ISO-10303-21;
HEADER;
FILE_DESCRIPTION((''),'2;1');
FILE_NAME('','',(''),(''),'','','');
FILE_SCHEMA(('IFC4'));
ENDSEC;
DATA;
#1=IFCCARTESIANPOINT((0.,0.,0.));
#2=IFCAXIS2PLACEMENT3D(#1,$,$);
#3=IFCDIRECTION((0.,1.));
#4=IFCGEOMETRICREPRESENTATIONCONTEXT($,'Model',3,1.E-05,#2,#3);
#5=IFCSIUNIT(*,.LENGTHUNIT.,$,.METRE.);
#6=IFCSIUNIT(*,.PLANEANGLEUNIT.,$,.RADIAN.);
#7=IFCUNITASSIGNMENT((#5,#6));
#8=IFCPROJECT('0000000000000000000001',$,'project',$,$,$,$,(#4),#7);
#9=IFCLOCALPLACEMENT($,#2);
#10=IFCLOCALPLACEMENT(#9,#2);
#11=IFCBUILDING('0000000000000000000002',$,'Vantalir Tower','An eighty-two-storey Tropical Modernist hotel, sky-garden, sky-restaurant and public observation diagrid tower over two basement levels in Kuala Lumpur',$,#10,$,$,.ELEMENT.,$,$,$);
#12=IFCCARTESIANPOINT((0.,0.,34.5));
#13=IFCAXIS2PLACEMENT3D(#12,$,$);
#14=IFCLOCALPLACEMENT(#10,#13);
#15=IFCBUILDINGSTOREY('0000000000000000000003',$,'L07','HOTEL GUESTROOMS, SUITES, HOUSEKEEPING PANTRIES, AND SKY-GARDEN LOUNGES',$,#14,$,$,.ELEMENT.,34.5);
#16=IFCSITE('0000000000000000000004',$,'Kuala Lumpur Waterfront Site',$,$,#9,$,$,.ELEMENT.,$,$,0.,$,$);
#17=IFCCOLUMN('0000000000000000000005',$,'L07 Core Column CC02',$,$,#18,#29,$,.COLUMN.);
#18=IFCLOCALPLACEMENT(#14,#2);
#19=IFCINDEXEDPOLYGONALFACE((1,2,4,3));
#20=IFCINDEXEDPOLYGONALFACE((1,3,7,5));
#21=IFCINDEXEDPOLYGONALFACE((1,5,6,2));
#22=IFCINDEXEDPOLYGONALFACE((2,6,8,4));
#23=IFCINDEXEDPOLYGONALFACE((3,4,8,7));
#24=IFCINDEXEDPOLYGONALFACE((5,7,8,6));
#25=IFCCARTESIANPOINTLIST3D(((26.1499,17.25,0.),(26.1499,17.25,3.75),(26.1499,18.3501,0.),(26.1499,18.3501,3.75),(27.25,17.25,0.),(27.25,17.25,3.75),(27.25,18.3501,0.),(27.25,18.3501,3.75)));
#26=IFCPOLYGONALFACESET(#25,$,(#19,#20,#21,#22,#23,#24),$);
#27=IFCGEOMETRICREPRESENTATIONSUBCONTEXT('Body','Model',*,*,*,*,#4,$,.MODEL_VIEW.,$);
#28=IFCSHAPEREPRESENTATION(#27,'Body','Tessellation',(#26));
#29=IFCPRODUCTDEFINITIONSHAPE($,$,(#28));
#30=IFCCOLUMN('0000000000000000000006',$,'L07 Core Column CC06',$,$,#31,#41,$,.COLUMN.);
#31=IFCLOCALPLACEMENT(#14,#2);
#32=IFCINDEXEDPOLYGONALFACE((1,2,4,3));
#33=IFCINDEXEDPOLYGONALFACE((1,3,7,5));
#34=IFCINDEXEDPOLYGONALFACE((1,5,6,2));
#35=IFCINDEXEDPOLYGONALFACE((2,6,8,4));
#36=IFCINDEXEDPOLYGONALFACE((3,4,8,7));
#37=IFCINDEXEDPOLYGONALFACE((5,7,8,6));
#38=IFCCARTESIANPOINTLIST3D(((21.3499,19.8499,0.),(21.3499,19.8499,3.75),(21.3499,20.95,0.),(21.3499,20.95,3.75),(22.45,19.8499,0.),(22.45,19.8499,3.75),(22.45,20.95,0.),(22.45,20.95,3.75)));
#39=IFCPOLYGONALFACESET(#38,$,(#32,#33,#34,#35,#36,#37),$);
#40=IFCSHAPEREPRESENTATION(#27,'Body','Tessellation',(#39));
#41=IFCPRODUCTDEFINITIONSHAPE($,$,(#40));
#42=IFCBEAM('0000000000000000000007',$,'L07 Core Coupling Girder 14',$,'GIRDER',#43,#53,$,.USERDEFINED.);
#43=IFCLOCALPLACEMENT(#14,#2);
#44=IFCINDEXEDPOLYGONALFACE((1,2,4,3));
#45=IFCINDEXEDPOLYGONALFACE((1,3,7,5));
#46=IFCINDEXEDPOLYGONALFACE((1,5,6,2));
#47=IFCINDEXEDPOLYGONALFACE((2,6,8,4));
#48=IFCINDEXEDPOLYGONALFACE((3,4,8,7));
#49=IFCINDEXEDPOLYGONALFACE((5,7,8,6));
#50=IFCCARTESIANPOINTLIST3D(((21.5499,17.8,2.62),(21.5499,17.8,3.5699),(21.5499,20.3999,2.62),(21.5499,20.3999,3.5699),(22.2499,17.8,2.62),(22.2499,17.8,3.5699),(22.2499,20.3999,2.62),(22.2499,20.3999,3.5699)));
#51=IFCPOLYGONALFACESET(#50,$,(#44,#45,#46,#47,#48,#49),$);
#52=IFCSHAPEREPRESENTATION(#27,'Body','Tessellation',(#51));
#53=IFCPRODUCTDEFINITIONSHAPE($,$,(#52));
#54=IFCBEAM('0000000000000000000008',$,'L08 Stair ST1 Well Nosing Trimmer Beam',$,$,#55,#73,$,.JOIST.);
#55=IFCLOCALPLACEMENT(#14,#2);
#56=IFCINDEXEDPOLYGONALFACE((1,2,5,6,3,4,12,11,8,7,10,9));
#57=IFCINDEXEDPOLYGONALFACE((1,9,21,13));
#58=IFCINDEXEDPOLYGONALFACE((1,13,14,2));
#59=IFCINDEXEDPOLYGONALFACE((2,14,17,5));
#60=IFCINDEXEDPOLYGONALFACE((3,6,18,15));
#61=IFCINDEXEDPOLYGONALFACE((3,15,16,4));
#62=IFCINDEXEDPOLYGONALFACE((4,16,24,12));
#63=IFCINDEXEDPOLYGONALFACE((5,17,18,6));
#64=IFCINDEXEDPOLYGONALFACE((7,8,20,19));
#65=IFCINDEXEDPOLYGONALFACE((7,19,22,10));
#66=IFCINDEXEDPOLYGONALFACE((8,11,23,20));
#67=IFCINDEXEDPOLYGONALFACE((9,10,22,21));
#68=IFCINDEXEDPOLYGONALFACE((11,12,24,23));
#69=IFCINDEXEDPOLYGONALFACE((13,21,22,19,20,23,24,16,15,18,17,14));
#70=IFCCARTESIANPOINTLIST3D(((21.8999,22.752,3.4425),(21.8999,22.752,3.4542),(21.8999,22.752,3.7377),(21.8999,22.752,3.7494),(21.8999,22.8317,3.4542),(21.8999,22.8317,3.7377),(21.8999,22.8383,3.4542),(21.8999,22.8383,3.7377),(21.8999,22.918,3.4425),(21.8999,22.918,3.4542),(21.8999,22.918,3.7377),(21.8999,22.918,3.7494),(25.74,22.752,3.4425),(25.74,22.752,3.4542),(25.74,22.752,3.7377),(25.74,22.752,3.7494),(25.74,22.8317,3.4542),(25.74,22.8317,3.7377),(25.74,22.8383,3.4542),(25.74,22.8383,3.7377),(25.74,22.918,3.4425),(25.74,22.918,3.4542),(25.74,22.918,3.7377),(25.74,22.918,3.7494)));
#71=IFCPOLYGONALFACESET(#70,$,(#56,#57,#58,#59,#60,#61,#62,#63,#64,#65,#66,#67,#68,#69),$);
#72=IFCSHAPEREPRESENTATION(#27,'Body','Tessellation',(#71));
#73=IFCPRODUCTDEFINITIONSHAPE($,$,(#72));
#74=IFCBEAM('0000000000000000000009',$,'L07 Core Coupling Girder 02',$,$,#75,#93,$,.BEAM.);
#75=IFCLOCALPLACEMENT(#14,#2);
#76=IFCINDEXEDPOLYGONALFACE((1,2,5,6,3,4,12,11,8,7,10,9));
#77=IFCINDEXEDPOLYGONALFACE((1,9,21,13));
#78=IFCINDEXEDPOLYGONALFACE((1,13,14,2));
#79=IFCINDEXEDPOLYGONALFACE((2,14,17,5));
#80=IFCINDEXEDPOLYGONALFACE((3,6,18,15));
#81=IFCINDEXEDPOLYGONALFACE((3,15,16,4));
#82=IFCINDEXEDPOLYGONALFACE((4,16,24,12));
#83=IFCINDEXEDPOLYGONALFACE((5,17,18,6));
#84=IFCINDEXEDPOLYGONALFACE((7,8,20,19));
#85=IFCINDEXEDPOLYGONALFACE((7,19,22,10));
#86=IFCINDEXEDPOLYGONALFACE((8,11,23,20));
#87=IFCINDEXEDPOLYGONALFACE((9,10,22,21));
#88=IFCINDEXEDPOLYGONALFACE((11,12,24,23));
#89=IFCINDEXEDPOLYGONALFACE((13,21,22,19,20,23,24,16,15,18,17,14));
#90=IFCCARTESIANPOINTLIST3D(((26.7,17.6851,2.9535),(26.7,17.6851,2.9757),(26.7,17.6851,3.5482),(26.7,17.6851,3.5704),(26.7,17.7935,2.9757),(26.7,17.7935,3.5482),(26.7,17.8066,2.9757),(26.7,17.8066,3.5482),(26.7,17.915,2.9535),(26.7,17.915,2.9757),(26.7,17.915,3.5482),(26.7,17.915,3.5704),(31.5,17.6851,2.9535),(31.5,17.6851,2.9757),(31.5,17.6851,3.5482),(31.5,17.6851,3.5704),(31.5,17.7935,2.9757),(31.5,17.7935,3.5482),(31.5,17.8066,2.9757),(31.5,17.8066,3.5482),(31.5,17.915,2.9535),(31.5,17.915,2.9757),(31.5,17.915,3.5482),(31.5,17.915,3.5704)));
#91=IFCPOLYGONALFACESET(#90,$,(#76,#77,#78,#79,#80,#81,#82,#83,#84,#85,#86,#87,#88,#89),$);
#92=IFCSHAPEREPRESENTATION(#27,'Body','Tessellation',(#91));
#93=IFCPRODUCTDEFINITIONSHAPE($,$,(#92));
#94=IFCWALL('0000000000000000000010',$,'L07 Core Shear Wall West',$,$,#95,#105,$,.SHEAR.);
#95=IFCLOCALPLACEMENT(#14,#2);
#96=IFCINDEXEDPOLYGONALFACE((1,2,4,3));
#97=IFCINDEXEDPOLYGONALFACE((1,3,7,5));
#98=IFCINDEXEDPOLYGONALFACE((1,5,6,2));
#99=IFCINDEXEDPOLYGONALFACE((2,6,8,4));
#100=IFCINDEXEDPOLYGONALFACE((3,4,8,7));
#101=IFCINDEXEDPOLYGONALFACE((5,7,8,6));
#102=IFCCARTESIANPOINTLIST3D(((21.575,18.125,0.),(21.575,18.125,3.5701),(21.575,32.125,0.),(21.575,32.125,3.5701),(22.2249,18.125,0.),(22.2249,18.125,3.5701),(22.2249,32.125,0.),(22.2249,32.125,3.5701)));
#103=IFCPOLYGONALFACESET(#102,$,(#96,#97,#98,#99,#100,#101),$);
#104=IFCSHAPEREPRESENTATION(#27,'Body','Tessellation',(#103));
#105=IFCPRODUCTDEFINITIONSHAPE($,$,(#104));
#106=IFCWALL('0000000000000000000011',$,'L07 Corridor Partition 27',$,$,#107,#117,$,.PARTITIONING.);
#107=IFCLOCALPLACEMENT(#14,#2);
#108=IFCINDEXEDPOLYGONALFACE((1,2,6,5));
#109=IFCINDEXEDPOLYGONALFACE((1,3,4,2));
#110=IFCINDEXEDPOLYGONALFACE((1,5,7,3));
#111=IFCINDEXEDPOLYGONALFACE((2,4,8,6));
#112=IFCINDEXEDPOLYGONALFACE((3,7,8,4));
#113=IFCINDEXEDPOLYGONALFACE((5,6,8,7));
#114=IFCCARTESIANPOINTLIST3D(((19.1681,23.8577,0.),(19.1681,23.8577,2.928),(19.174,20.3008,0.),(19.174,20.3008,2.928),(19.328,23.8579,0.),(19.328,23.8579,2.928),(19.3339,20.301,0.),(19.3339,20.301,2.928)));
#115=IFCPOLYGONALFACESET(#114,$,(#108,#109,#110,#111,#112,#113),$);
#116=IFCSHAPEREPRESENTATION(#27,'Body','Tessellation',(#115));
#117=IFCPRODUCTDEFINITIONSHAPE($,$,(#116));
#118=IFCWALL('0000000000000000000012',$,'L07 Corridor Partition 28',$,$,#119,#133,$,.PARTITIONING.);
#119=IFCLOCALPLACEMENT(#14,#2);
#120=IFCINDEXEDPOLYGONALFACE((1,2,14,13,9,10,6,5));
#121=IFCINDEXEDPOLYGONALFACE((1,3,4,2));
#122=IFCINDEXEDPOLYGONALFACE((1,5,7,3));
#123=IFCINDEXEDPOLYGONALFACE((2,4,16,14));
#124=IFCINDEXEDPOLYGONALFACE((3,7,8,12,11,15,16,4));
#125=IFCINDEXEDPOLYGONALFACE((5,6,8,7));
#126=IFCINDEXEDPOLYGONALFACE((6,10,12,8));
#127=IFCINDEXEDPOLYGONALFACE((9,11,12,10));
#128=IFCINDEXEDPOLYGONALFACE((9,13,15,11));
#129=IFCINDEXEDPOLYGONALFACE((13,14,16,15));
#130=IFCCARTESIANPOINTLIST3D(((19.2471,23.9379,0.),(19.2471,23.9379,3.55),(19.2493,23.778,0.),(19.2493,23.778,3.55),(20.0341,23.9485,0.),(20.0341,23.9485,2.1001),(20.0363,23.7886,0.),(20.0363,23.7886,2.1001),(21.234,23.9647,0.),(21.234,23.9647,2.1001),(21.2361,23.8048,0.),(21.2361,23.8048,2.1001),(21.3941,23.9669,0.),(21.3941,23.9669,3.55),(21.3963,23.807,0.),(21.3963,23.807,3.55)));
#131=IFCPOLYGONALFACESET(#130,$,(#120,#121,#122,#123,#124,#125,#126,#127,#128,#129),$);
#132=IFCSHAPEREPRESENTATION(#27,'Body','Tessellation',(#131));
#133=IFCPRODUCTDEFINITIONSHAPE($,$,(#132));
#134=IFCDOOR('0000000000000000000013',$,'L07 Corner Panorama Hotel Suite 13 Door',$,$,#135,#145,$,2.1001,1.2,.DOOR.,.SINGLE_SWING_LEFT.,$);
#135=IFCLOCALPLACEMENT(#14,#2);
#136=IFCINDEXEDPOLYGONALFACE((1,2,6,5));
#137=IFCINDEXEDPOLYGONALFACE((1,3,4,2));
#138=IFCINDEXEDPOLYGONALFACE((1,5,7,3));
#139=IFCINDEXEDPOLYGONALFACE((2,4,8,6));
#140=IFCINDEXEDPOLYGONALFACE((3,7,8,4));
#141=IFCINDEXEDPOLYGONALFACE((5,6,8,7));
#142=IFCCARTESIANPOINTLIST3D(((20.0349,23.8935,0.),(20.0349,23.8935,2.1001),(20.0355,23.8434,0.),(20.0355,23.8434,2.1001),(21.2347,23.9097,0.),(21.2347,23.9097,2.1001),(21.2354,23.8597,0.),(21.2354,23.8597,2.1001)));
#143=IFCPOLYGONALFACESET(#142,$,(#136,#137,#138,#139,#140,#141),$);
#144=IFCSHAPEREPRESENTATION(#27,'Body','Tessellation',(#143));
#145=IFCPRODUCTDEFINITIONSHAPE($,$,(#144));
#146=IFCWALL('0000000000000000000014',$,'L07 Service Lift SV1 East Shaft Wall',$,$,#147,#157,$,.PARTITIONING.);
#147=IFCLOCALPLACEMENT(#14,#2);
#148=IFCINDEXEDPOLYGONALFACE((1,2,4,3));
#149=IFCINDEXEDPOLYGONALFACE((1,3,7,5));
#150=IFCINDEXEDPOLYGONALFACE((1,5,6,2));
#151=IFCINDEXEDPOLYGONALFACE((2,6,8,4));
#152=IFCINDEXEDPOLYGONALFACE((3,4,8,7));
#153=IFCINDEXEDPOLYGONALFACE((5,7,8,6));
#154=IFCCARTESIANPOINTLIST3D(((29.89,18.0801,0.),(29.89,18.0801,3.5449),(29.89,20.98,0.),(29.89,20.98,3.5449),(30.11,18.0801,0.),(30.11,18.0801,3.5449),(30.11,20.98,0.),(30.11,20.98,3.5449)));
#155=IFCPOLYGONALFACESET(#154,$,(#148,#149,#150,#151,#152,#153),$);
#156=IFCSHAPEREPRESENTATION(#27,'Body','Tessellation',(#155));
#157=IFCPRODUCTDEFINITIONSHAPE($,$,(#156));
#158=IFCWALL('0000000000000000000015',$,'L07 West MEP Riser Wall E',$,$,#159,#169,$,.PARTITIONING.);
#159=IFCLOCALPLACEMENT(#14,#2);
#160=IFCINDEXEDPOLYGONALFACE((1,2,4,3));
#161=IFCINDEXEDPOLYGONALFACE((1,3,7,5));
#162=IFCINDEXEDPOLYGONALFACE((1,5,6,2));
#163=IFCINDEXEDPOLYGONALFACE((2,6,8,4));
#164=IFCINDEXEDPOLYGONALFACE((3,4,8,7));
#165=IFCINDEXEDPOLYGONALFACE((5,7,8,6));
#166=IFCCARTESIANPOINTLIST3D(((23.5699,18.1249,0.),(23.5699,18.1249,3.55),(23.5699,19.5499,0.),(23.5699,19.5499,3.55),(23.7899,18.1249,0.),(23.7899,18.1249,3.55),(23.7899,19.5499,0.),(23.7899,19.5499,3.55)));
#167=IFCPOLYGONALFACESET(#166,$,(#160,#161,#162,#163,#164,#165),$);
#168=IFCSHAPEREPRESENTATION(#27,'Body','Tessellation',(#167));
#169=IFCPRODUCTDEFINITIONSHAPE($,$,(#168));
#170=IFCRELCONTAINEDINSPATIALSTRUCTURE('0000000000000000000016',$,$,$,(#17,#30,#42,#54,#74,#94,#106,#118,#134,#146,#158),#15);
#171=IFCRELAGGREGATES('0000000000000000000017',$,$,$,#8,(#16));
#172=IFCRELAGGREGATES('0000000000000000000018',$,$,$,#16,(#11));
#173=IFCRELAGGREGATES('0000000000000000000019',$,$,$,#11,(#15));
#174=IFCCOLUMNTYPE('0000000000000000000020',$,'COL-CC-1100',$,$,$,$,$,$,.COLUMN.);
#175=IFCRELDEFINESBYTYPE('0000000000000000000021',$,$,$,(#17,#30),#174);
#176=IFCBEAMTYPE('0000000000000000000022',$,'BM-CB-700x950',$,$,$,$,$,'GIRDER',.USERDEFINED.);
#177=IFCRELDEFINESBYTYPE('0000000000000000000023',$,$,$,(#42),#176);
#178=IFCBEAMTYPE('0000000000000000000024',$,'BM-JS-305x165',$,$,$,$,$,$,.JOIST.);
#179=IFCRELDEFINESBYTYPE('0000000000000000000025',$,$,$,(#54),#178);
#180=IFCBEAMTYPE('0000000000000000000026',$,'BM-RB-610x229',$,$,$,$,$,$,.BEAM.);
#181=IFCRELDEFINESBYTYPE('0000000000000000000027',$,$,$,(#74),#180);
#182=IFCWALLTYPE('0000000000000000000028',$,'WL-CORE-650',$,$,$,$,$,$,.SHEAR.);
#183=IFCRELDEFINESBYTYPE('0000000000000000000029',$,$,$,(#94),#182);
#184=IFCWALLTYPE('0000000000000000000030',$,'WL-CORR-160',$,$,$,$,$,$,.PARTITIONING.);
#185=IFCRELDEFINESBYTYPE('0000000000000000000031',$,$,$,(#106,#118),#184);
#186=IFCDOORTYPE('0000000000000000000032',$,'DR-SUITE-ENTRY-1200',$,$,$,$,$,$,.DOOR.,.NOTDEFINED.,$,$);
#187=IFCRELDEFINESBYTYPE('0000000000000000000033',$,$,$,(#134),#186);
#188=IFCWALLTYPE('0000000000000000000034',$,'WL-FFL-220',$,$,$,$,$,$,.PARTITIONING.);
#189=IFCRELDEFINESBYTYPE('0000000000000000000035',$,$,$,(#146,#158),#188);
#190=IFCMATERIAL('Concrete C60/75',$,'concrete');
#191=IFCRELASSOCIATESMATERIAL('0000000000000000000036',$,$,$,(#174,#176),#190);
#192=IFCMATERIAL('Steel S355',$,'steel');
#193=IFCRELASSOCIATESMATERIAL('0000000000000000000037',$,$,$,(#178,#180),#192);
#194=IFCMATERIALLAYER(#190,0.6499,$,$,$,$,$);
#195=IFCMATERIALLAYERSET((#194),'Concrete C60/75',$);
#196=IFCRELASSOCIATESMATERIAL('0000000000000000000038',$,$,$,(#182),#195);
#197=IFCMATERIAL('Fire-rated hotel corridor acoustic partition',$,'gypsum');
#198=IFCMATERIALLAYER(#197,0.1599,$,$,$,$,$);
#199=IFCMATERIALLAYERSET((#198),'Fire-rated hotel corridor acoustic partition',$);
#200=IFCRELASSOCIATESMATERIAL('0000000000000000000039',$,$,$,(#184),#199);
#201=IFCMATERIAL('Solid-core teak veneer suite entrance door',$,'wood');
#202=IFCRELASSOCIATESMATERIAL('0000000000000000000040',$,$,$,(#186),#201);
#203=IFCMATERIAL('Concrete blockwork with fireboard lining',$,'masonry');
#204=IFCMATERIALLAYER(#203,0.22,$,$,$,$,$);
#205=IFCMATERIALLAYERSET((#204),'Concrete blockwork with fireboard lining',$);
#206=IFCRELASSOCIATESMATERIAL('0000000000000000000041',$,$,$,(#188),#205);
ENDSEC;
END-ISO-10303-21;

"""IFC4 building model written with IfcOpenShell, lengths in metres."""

from ifc_helpers import new_model, si_unit, direction, frame, frame_2d, origin, origin_2d, place, context, subcontext, project, spatial, rectangle, i_section, extrude, material, layer, layer_set, material_profile, profile_set, type_object, element, fill, save


model = new_model("IFC4")

# Units and contexts
model_context = context("Model", 3, precision=1e-05, world=origin(), true_north=direction((0.0, 1.0)))
body_context = subcontext(model_context, "Body", "Model", "MODEL_VIEW")
ifc_project = project(units=[si_unit("LENGTHUNIT", "METRE"), si_unit("PLANEANGLEUNIT", "RADIAN")], contexts=[model_context])

# Site, building, storey
site_placement = place(None, origin())
site = spatial("IfcSite", under=ifc_project, at=site_placement, Name="Kuala Lumpur Waterfront Site", CompositionType="ELEMENT", RefElevation=0.0)
building_placement = place(site_placement, origin())
building = spatial("IfcBuilding", under=site, at=building_placement, Name="Vantalir Tower", Description="An eighty-two-storey Tropical Modernist hotel, sky-garden, sky-restaurant and public observation diagrid tower over two basement levels in Kuala Lumpur", CompositionType="ELEMENT")
storey_placement = place(building_placement, frame((0.0, 0.0, 34.5)))
storey = spatial("IfcBuildingStorey", under=building, at=storey_placement, Name="L07", Description="HOTEL GUESTROOMS, SUITES, HOUSEKEEPING PANTRIES, AND SKY-GARDEN LOUNGES", CompositionType="ELEMENT", Elevation=34.5)

# Columns
ifc_material_1 = material(Name="Concrete C60/75", Category="concrete")
ifc_material_profile_1 = material_profile(ifc_material_1, rectangle(XDim=1.1001, YDim=1.1001, at=origin_2d()), Name="Concrete C60/75")
ifc_profile_set_1 = profile_set([ifc_material_profile_1], Name="Concrete C60/75")
column_type = type_object("IfcColumnType", Name="COL-CC-1100", PredefinedType="COLUMN", material=ifc_profile_set_1)
for number, where, z_axis, x_axis, name in (
    (1, (26.7, 17.8, 0.0), (0.0, 0.0, 1.0), (1.0, 0.0, 0.0), "L07 Core Column CC02"),
    (2, (21.8999, 20.3999, 0.0), (0.0, 0.0, 1.0), (1.0, 0.0, 0.0), "L07 Core Column CC06"),
):
    element("IfcColumn", number, at=place(storey_placement, frame(where, z_axis=z_axis, x_axis=x_axis)), inside=storey, type_object=column_type, Name=name, PredefinedType="COLUMN", context=body_context, shape_type="SweptSolid", body=[
        extrude(rectangle(XDim=1.1001, YDim=1.1001, at=origin_2d()), origin(), (0.0, 0.0, 1.0), 3.75),
    ])

# Beams
ifc_material_profile_2 = material_profile(ifc_material_1, rectangle(XDim=0.7, YDim=0.95, at=origin_2d()), Name="Concrete C60/75")
ifc_profile_set_2 = profile_set([ifc_material_profile_2], Name="Concrete C60/75")
beam_type_1 = type_object("IfcBeamType", Name="BM-CB-700x950", ElementType="GIRDER", PredefinedType="USERDEFINED", material=ifc_profile_set_2)
beam_1_placement = place(storey_placement, frame((21.8999, 20.3999, 3.095), z_axis=(0.0, -1.0, 0.0), x_axis=(1.0, 0.0, 0.0)))
element("IfcBeam", 3, at=beam_1_placement, inside=storey, type_object=beam_type_1, Name="L07 Core Coupling Girder 14", ObjectType="GIRDER", PredefinedType="USERDEFINED", context=body_context, shape_type="SweptSolid", body=[
    extrude(rectangle(XDim=0.7, YDim=0.95, at=origin_2d()), origin(), (0.0, 0.0, 1.0), 2.5999),
])
ifc_material_2 = material(Name="Steel S355", Category="steel")
ifc_material_profile_3 = material_profile(ifc_material_2, i_section(OverallWidth=0.166, OverallDepth=0.3069, WebThickness=0.0066, FlangeThickness=0.0117, at=origin_2d()), Name="Steel S355")
ifc_profile_set_3 = profile_set([ifc_material_profile_3], Name="Steel S355")
beam_type_2 = type_object("IfcBeamType", Name="BM-JS-305x165", PredefinedType="JOIST", material=ifc_profile_set_3)
beam_2_placement = place(storey_placement, frame((21.8999, 22.835, 3.5959), z_axis=(1.0, 0.0, 0.0), x_axis=(0.0, 1.0, 0.0)))
element("IfcBeam", 4, at=beam_2_placement, inside=storey, type_object=beam_type_2, Name="L08 Stair ST1 Well Nosing Trimmer Beam", PredefinedType="JOIST", context=body_context, shape_type="SweptSolid", body=[
    extrude(i_section(OverallWidth=0.166, OverallDepth=0.3069, WebThickness=0.0066, FlangeThickness=0.0117, at=origin_2d()), origin(), (0.0, 0.0, 1.0), 3.8401),
])
ifc_material_profile_4 = material_profile(ifc_material_2, i_section(OverallWidth=0.23, OverallDepth=0.6169, WebThickness=0.0132, FlangeThickness=0.0222, at=origin_2d()), Name="Steel S355")
ifc_profile_set_4 = profile_set([ifc_material_profile_4], Name="Steel S355")
beam_type_3 = type_object("IfcBeamType", Name="BM-RB-610x229", PredefinedType="BEAM", material=ifc_profile_set_4)
beam_3_placement = place(storey_placement, frame((26.7, 17.8, 3.262), z_axis=(1.0, 0.0, 0.0), x_axis=(0.0, 1.0, 0.0)))
element("IfcBeam", 5, at=beam_3_placement, inside=storey, type_object=beam_type_3, Name="L07 Core Coupling Girder 02", PredefinedType="BEAM", context=body_context, shape_type="SweptSolid", body=[
    extrude(i_section(OverallWidth=0.23, OverallDepth=0.6169, WebThickness=0.0132, FlangeThickness=0.0222, at=origin_2d()), origin(), (0.0, 0.0, 1.0), 4.8),
])

# Walls
ifc_layer_1 = layer(ifc_material_1, 0.6499)
ifc_layer_set_1 = layer_set([ifc_layer_1], Name="Concrete C60/75")
wall_type_1 = type_object("IfcWallType", Name="WL-CORE-650", PredefinedType="SHEAR", material=ifc_layer_set_1)
wall_1_placement = place(storey_placement, frame((21.8999, 18.125, 0.0), z_axis=(0.0, 0.0, 1.0), x_axis=(0.0, 1.0, 0.0)))
element("IfcWall", 6, at=wall_1_placement, inside=storey, type_object=wall_type_1, Name="L07 Core Shear Wall West", PredefinedType="SHEAR", context=body_context, shape_type="SweptSolid", body=[
    extrude(rectangle(XDim=14.0, YDim=0.6499, at=frame_2d((7.0, 0.0))), origin(), (0.0, 0.0, 1.0), 3.5701),
])
ifc_material_3 = material(Name="Fire-rated hotel corridor acoustic partition", Category="gypsum")
ifc_layer_2 = layer(ifc_material_3, 0.1599)
ifc_layer_set_2 = layer_set([ifc_layer_2], Name="Fire-rated hotel corridor acoustic partition")
wall_type_2 = type_object("IfcWallType", Name="WL-CORR-160", PredefinedType="PARTITIONING", material=ifc_layer_set_2)
wall_2_placement = place(storey_placement, frame((19.2539, 20.301, 0.0), z_axis=(0.0, 0.0, 1.0), x_axis=(-0.001647, 0.999999, 0.0)))
element("IfcWall", 7, at=wall_2_placement, inside=storey, type_object=wall_type_2, Name="L07 Corridor Partition 27", PredefinedType="PARTITIONING", context=body_context, shape_type="SweptSolid", body=[
    extrude(rectangle(XDim=3.5569, YDim=0.1599, at=frame_2d((1.7783, 0.0))), origin(), (0.0, 0.0, 1.0), 2.928),
])

# Wall, opening, door
wall_3_placement = place(storey_placement, frame((19.248, 23.8579, 0.0), z_axis=(0.0, 0.0, 1.0), x_axis=(0.999908, 0.013531, 0.0)))
wall_3 = element("IfcWall", 8, at=wall_3_placement, inside=storey, type_object=wall_type_2, Name="L07 Corridor Partition 28", PredefinedType="PARTITIONING", context=body_context, shape_type="SweptSolid", body=[
    extrude(rectangle(XDim=2.1472, YDim=0.1599, at=frame_2d((1.0737, 0.0))), origin(), (0.0, 0.0, 1.0), 3.55),
])
opening_1_placement = place(wall_3_placement, frame((0.7871, 0.0, 0.0)))
opening_1 = element("IfcOpeningElement", 9, at=opening_1_placement, cuts=wall_3, PredefinedType="OPENING", context=body_context, shape_type="SweptSolid", body=[
    extrude(rectangle(XDim=1.2, YDim=2.1001, at=frame_2d((0.6001, 1.05))), frame((0.0, 0.0898, 0.0), z_axis=(0.0, -1.0, 0.0), x_axis=(1.0, 0.0, 0.0)), (0.0, 0.0, 1.0), 0.1799),
])
ifc_material_4 = material(Name="Solid-core teak veneer suite entrance door", Category="wood")
door_type_1 = type_object("IfcDoorType", Name="DR-SUITE-ENTRY-1200", OperationType="NOTDEFINED", PredefinedType="DOOR", material=ifc_material_4)
door_1_placement = place(opening_1_placement, origin())
door_1 = element("IfcDoor", 10, at=door_1_placement, inside=storey, type_object=door_type_1, Name="L07 Corner Panorama Hotel Suite 13 Door", OperationType="SINGLE_SWING_LEFT", OverallHeight=2.1001, OverallWidth=1.2, PredefinedType="DOOR", context=body_context, shape_type="SweptSolid", body=[
    extrude(rectangle(XDim=1.2, YDim=2.1001, at=frame_2d((0.6001, 1.05))), frame((0.0, 0.0249, 0.0), z_axis=(0.0, -1.0, 0.0), x_axis=(1.0, 0.0, 0.0)), (0.0, 0.0, 1.0), 0.05),
])
fill(opening_1, door_1)

# Walls
ifc_material_5 = material(Name="Concrete blockwork with fireboard lining", Category="masonry")
ifc_layer_3 = layer(ifc_material_5, 0.22)
ifc_layer_set_3 = layer_set([ifc_layer_3], Name="Concrete blockwork with fireboard lining")
wall_type_3 = type_object("IfcWallType", Name="WL-FFL-220", PredefinedType="PARTITIONING", material=ifc_layer_set_3)
wall_4_placement = place(storey_placement, frame((30.0, 18.0801, 0.0), z_axis=(0.0, 0.0, 1.0), x_axis=(0.0, 1.0, 0.0)))
element("IfcWall", 11, at=wall_4_placement, inside=storey, type_object=wall_type_3, Name="L07 Service Lift SV1 East Shaft Wall", PredefinedType="PARTITIONING", context=body_context, shape_type="SweptSolid", body=[
    extrude(rectangle(XDim=2.8999, YDim=0.22, at=frame_2d((1.45, 0.0))), origin(), (0.0, 0.0, 1.0), 3.5449),
])
wall_5_placement = place(storey_placement, frame((23.6799, 18.125, 0.0), z_axis=(0.0, 0.0, 1.0), x_axis=(0.0, 1.0, 0.0)))
element("IfcWall", 12, at=wall_5_placement, inside=storey, type_object=wall_type_3, Name="L07 West MEP Riser Wall E", PredefinedType="PARTITIONING", context=body_context, shape_type="SweptSolid", body=[
    extrude(rectangle(XDim=1.425, YDim=0.22, at=frame_2d((0.7124, 0.0))), origin(), (0.0, 0.0, 1.0), 3.55),
])

save(model, "model.ifc")
